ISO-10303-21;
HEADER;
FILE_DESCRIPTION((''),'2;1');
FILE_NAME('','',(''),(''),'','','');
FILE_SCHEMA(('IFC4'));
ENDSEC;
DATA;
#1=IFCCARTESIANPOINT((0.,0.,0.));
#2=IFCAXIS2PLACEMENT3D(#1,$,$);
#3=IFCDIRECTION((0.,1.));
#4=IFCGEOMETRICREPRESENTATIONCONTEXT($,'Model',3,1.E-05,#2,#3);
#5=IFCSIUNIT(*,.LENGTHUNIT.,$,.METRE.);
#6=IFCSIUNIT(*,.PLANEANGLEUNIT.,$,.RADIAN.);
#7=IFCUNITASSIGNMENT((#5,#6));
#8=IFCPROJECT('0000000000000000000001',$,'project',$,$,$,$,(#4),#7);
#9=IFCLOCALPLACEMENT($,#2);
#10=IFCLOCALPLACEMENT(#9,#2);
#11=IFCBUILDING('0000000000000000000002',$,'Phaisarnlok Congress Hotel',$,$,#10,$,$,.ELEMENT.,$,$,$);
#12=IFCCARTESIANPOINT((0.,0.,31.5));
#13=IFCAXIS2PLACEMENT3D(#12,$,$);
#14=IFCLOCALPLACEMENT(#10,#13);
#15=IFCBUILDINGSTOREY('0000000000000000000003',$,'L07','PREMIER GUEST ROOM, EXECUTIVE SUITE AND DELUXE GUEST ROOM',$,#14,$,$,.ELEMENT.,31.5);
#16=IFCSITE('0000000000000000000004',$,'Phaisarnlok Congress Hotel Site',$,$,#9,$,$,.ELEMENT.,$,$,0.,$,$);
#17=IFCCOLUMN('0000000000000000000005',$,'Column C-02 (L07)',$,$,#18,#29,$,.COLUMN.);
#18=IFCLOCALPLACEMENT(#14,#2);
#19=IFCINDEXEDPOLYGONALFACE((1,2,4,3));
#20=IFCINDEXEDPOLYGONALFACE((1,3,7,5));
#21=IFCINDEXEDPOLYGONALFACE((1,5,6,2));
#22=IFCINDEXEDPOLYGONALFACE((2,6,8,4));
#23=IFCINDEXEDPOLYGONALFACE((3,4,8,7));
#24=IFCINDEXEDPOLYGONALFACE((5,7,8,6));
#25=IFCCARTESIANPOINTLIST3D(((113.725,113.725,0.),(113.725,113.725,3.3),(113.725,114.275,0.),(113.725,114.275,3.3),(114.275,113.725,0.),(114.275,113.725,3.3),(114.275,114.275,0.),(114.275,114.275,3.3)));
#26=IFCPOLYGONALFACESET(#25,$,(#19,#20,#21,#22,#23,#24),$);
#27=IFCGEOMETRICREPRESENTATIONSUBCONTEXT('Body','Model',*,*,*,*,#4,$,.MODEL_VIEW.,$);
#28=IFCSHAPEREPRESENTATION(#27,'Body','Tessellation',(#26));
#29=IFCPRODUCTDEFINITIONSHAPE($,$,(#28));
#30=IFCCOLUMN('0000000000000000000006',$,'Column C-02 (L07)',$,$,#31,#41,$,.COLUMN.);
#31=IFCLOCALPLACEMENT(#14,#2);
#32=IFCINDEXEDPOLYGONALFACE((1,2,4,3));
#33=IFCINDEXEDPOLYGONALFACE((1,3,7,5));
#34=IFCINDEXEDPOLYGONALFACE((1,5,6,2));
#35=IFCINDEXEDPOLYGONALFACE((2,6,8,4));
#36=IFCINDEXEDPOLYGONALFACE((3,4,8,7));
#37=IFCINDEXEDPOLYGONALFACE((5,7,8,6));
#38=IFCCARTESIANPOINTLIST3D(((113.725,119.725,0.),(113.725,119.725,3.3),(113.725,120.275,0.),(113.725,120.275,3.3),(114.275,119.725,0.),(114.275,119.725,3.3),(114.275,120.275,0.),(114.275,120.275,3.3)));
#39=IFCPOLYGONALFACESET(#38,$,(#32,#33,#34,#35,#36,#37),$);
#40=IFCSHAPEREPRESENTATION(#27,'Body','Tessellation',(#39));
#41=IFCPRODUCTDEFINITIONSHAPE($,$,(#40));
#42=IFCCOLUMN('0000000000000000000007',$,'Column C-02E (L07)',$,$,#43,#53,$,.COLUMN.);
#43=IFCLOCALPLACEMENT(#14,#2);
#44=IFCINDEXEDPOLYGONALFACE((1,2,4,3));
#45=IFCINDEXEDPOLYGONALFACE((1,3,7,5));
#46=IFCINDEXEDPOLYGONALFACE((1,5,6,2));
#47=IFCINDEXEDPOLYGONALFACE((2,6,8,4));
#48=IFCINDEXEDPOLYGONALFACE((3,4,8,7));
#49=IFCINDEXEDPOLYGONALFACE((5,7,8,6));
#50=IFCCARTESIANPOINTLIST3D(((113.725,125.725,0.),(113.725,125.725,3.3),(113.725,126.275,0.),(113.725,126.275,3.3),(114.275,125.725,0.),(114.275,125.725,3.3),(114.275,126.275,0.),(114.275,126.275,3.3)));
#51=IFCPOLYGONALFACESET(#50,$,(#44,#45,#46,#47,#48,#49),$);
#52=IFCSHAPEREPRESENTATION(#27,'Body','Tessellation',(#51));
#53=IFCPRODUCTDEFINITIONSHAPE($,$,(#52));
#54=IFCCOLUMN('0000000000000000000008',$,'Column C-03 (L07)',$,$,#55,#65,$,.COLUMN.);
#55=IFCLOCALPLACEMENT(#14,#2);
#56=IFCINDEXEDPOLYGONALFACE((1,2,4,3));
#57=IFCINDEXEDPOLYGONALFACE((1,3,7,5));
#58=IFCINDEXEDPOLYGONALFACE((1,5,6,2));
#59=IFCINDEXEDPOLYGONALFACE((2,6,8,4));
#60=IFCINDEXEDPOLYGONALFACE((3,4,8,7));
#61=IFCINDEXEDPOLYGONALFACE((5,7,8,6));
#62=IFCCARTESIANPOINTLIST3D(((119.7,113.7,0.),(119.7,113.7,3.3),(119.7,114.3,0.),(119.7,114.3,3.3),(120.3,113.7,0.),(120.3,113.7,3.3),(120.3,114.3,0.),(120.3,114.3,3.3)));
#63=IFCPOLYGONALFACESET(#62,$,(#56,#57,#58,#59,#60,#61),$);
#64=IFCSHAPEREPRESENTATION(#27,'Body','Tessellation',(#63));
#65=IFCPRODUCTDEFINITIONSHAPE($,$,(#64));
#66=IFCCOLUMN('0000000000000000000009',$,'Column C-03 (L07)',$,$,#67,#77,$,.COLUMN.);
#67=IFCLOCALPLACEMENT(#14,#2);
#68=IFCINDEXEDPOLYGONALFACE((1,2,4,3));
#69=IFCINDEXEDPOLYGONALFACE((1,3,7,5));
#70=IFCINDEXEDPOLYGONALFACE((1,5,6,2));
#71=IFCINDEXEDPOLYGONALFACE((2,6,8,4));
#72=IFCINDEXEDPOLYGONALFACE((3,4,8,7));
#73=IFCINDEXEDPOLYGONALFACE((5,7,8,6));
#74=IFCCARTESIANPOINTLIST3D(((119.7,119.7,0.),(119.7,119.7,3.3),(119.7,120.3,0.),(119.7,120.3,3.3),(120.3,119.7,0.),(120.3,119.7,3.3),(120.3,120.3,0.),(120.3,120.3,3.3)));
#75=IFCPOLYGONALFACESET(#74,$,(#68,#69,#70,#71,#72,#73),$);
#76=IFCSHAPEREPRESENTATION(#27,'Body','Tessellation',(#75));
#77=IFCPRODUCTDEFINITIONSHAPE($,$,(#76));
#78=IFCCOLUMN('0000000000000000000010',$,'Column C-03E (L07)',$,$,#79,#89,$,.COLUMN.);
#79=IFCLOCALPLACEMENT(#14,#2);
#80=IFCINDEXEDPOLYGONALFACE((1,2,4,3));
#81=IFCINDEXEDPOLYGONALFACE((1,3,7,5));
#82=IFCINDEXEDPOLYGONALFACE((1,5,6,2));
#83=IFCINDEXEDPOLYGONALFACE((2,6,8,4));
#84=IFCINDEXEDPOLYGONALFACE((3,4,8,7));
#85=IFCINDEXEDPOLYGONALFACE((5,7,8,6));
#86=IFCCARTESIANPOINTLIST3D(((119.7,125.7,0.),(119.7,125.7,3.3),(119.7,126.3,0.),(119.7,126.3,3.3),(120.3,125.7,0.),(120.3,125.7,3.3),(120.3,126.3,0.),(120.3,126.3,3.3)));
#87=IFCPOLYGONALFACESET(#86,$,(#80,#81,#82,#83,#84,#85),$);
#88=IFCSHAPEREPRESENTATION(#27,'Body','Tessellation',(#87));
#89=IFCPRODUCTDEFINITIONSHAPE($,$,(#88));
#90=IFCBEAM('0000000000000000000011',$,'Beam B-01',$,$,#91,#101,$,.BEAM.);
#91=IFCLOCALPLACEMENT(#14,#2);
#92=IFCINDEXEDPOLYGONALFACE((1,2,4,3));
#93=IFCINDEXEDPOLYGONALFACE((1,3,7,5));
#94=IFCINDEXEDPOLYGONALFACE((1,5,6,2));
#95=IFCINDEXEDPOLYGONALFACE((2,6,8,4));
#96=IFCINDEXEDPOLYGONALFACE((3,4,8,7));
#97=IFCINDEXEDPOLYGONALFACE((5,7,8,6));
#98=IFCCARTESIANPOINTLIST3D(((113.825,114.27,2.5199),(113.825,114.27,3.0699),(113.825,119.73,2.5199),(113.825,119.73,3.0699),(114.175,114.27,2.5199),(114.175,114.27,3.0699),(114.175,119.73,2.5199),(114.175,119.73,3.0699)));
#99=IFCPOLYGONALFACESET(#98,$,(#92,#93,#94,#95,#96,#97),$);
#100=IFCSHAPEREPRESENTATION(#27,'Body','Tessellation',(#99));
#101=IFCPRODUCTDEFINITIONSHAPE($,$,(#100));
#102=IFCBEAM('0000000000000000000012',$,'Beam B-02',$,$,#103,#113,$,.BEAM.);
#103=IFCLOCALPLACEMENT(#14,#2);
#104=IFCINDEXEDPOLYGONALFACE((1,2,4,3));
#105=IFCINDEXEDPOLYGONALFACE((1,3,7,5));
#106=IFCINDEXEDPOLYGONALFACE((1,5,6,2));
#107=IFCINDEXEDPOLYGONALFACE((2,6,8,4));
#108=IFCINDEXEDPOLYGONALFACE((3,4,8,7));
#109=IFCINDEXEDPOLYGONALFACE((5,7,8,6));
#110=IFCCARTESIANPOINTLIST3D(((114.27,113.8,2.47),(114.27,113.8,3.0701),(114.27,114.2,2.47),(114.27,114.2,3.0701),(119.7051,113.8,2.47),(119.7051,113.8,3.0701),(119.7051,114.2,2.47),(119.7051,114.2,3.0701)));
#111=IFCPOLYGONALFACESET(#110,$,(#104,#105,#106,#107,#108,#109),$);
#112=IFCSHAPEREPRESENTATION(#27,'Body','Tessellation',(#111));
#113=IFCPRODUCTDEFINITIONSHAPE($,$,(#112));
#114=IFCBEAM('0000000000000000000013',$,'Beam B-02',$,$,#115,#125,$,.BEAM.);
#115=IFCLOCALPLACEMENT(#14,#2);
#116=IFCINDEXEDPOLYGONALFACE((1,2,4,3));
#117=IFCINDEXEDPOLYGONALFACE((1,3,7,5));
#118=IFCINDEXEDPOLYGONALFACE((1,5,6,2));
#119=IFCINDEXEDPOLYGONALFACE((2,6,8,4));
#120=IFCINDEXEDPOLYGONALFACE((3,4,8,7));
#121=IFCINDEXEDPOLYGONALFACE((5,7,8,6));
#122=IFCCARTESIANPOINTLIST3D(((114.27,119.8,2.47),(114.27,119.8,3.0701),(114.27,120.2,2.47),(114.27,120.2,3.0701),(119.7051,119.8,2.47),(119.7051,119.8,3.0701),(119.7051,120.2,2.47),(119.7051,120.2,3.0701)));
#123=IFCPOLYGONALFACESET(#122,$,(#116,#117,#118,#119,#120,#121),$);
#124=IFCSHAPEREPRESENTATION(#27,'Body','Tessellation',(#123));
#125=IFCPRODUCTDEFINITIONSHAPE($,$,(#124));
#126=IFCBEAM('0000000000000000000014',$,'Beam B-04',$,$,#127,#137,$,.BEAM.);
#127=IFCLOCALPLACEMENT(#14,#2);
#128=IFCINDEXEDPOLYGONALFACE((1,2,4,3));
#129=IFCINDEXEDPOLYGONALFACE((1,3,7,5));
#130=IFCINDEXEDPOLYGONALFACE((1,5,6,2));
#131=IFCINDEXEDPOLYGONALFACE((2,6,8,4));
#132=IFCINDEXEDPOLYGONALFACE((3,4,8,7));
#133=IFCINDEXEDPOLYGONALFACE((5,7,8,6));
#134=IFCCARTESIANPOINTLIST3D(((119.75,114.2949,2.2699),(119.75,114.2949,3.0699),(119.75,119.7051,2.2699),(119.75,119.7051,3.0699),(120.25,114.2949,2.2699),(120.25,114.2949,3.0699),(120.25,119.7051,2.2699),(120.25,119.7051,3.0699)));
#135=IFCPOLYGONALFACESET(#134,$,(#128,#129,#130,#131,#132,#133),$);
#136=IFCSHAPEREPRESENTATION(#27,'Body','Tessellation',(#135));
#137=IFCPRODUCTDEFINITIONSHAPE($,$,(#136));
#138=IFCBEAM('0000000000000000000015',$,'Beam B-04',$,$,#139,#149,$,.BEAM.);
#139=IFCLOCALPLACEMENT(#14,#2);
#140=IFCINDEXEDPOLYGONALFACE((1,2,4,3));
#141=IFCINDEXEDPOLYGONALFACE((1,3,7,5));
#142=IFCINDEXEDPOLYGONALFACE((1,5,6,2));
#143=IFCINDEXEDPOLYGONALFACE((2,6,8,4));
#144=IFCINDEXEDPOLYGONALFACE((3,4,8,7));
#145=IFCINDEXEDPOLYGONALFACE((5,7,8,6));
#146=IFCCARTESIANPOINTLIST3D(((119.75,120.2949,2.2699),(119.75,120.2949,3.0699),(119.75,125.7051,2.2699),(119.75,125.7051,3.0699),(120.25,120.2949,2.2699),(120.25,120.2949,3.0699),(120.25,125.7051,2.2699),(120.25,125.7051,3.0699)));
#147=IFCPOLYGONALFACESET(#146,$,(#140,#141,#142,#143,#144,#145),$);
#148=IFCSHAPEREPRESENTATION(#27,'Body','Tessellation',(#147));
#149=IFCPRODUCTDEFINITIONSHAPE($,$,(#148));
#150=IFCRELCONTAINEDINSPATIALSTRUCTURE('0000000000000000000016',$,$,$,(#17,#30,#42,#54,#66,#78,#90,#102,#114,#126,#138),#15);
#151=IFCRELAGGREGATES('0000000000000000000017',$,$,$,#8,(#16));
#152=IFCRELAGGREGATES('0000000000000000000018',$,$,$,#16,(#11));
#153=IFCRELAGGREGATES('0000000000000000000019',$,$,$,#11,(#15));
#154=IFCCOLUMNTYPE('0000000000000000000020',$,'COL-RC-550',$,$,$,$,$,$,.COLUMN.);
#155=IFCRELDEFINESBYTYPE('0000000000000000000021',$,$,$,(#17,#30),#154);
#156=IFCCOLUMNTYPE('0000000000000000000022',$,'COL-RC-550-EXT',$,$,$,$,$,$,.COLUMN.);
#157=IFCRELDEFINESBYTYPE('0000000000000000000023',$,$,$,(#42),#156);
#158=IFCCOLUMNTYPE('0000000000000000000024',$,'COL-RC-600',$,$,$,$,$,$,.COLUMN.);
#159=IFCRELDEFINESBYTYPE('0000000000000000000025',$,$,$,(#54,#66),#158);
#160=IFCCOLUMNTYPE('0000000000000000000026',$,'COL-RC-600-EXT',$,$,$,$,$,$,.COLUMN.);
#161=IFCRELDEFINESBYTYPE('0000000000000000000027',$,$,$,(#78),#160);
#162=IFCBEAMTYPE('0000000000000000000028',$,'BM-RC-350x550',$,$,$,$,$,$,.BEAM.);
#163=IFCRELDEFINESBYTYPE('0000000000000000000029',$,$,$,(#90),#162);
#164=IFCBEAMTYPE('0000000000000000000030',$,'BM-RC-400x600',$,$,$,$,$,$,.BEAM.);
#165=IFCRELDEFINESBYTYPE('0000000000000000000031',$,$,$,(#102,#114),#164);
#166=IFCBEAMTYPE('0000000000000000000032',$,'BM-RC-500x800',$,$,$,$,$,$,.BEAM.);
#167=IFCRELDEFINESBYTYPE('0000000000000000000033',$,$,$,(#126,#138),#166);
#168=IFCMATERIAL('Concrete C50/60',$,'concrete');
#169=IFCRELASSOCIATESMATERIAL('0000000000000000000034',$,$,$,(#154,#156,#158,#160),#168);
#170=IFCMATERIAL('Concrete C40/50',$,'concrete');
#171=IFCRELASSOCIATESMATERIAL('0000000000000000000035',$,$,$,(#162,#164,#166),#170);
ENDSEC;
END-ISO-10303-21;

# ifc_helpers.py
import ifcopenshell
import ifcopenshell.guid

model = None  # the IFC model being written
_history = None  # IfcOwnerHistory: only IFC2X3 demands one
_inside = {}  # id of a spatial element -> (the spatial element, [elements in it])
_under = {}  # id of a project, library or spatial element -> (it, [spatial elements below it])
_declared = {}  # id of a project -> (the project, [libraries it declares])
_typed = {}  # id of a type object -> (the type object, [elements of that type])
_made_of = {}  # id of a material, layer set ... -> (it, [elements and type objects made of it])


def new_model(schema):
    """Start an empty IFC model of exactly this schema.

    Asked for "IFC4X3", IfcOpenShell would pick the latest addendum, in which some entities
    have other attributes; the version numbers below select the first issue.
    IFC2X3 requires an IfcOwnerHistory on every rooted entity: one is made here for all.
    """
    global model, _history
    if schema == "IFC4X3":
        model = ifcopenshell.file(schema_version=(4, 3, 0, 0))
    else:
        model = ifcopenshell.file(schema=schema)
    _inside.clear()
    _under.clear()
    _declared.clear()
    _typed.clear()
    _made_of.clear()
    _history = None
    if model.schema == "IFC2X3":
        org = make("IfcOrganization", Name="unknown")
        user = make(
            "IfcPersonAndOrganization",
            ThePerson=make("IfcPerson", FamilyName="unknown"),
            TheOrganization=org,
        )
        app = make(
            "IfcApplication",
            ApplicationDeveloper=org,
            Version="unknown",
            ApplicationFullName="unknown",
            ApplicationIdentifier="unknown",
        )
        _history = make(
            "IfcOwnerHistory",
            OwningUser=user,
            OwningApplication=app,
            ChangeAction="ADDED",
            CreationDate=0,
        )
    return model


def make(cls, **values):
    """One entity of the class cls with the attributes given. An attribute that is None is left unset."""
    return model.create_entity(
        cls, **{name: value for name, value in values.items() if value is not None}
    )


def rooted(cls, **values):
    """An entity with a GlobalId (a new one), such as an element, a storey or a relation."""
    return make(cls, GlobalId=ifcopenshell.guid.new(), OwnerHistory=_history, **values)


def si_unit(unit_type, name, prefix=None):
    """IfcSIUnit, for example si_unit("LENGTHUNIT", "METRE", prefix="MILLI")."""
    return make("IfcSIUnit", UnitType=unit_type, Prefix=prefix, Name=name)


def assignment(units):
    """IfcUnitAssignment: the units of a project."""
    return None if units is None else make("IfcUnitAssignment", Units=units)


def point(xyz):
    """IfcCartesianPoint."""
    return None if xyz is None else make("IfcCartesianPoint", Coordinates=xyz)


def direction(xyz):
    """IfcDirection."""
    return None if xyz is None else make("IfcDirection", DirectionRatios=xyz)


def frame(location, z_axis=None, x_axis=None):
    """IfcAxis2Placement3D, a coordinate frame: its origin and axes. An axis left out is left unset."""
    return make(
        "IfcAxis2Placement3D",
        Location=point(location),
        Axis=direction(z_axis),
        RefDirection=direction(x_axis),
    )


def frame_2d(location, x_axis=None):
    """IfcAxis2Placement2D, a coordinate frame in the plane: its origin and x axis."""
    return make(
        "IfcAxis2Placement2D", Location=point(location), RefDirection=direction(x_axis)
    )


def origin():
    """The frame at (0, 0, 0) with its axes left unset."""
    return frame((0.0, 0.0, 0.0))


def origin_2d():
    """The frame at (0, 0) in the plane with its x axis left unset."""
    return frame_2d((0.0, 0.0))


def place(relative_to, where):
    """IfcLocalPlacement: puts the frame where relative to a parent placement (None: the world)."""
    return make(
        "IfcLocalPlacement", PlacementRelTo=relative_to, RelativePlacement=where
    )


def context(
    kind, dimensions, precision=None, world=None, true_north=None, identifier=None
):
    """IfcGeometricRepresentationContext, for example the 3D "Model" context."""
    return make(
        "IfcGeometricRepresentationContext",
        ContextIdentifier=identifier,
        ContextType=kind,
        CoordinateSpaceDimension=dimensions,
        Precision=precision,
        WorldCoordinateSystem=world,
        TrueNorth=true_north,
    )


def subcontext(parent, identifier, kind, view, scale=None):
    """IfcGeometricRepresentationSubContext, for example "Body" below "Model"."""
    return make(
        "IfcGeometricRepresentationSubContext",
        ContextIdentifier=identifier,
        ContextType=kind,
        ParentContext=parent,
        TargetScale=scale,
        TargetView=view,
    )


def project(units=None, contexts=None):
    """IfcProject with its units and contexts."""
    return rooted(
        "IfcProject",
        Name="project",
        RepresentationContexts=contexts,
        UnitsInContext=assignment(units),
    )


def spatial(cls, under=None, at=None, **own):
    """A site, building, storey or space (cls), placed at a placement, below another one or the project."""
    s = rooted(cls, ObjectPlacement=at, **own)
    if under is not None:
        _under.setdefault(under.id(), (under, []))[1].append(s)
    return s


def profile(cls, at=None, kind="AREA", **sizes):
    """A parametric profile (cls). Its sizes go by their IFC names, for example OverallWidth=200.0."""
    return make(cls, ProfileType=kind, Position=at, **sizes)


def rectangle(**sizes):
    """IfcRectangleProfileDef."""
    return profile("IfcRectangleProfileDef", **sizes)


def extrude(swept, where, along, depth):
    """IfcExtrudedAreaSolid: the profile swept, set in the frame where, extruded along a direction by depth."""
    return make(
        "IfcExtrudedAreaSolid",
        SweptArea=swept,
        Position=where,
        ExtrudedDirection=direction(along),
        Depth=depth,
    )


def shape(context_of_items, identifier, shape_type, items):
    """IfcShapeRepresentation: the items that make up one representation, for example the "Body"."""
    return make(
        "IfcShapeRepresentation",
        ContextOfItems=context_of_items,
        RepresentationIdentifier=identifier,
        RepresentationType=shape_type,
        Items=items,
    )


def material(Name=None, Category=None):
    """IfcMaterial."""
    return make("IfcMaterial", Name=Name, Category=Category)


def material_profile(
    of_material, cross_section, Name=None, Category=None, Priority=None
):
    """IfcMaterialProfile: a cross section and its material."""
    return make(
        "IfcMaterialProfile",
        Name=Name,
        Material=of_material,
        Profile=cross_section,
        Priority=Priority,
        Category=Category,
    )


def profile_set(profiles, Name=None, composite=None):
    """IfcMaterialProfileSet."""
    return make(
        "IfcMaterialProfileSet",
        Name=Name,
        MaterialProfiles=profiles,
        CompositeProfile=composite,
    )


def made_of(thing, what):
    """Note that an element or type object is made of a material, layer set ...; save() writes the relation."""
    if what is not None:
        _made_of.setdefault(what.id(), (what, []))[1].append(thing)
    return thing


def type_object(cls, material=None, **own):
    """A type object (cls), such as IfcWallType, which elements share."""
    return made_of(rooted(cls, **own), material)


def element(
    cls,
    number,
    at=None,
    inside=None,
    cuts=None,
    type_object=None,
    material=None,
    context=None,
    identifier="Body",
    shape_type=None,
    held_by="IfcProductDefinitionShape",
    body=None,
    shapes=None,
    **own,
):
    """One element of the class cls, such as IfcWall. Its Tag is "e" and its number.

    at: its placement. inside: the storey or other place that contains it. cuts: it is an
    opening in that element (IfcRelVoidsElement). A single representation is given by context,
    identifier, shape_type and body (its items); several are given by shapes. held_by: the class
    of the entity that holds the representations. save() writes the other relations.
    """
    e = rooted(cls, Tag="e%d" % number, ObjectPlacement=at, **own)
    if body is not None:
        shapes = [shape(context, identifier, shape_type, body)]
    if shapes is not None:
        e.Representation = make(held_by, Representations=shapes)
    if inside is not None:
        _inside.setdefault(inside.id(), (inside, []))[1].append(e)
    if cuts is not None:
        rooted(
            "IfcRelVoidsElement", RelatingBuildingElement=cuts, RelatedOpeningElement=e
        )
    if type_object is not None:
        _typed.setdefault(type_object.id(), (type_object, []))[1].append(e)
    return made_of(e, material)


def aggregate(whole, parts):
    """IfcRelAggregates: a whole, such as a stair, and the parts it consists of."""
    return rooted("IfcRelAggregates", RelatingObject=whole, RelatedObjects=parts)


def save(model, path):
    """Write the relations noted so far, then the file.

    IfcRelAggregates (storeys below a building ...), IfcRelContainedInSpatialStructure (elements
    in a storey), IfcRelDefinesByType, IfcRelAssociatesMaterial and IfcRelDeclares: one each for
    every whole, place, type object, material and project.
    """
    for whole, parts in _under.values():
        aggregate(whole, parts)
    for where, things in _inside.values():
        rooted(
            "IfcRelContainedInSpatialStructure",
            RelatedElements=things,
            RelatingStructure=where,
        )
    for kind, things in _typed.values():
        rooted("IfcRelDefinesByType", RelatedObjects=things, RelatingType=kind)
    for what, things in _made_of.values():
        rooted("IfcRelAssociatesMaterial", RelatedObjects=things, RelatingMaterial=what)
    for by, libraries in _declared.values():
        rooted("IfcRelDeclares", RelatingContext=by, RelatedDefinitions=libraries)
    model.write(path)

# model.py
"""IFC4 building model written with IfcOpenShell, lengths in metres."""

from ifc_helpers import new_model, si_unit, direction, frame, origin, origin_2d, place, context, subcontext, project, spatial, rectangle, extrude, material, material_profile, profile_set, type_object, element, save


model = new_model("IFC4")

# Units and contexts
model_context = context("Model", 3, precision=1e-05, world=origin(), true_north=direction((0.0, 1.0)))
body_context = subcontext(model_context, "Body", "Model", "MODEL_VIEW")
ifc_project = project(units=[si_unit("LENGTHUNIT", "METRE"), si_unit("PLANEANGLEUNIT", "RADIAN")], contexts=[model_context])

# Site, building, storey
site_placement = place(None, origin())
site = spatial("IfcSite", under=ifc_project, at=site_placement, Name="Phaisarnlok Congress Hotel Site", CompositionType="ELEMENT", RefElevation=0.0)
building_placement = place(site_placement, origin())
building = spatial("IfcBuilding", under=site, at=building_placement, Name="Phaisarnlok Congress Hotel", CompositionType="ELEMENT")
storey_placement = place(building_placement, frame((0.0, 0.0, 31.5)))
storey = spatial("IfcBuildingStorey", under=building, at=storey_placement, Name="L07", Description="PREMIER GUEST ROOM, EXECUTIVE SUITE AND DELUXE GUEST ROOM", CompositionType="ELEMENT", Elevation=31.5)

# Columns
ifc_material_1 = material(Name="Concrete C50/60", Category="concrete")
ifc_material_profile_1 = material_profile(ifc_material_1, rectangle(XDim=0.55, YDim=0.55, at=origin_2d()), Name="RC 550x550")
ifc_profile_set_1 = profile_set([ifc_material_profile_1], Name="Concrete C50/60")
column_type_1 = type_object("IfcColumnType", Name="COL-RC-550", PredefinedType="COLUMN", material=ifc_profile_set_1)
for number, where, z_axis, x_axis, name in (
    (1, (114.0, 114.0, 0.0), (0.0, 0.0, 1.0), (1.0, 0.0, 0.0), "Column C-02 (L07)"),
    (2, (114.0, 120.0, 0.0), (0.0, 0.0, 1.0), (1.0, 0.0, 0.0), "Column C-02 (L07)"),
):
    element("IfcColumn", number, at=place(storey_placement, frame(where, z_axis=z_axis, x_axis=x_axis)), inside=storey, type_object=column_type_1, Name=name, PredefinedType="COLUMN", context=body_context, shape_type="SweptSolid", body=[
        extrude(rectangle(XDim=0.55, YDim=0.55, at=origin_2d()), origin(), (0.0, 0.0, 1.0), 3.3),
    ])
ifc_material_profile_2 = material_profile(ifc_material_1, rectangle(XDim=0.55, YDim=0.55, at=origin_2d()), Name="RC 550x550")
ifc_profile_set_2 = profile_set([ifc_material_profile_2], Name="Concrete C50/60")
column_type_2 = type_object("IfcColumnType", Name="COL-RC-550-EXT", PredefinedType="COLUMN", material=ifc_profile_set_2)
column_1_placement = place(storey_placement, frame((114.0, 126.0, 0.0), z_axis=(0.0, 0.0, 1.0), x_axis=(1.0, 0.0, 0.0)))
element("IfcColumn", 3, at=column_1_placement, inside=storey, type_object=column_type_2, Name="Column C-02E (L07)", PredefinedType="COLUMN", context=body_context, shape_type="SweptSolid", body=[
    extrude(rectangle(XDim=0.55, YDim=0.55, at=origin_2d()), origin(), (0.0, 0.0, 1.0), 3.3),
])
ifc_material_profile_3 = material_profile(ifc_material_1, rectangle(XDim=0.6001, YDim=0.6001, at=origin_2d()), Name="RC 600x600")
ifc_profile_set_3 = profile_set([ifc_material_profile_3], Name="Concrete C50/60")
column_type_3 = type_object("IfcColumnType", Name="COL-RC-600", PredefinedType="COLUMN", material=ifc_profile_set_3)
for number, where, z_axis, x_axis, name in (
    (4, (120.0, 114.0, 0.0), (0.0, 0.0, 1.0), (1.0, 0.0, 0.0), "Column C-03 (L07)"),
    (5, (120.0, 120.0, 0.0), (0.0, 0.0, 1.0), (1.0, 0.0, 0.0), "Column C-03 (L07)"),
):
    element("IfcColumn", number, at=place(storey_placement, frame(where, z_axis=z_axis, x_axis=x_axis)), inside=storey, type_object=column_type_3, Name=name, PredefinedType="COLUMN", context=body_context, shape_type="SweptSolid", body=[
        extrude(rectangle(XDim=0.6001, YDim=0.6001, at=origin_2d()), origin(), (0.0, 0.0, 1.0), 3.3),
    ])
ifc_material_profile_4 = material_profile(ifc_material_1, rectangle(XDim=0.6001, YDim=0.6001, at=origin_2d()), Name="RC 600x600")
ifc_profile_set_4 = profile_set([ifc_material_profile_4], Name="Concrete C50/60")
column_type_4 = type_object("IfcColumnType", Name="COL-RC-600-EXT", PredefinedType="COLUMN", material=ifc_profile_set_4)
column_2_placement = place(storey_placement, frame((120.0, 126.0, 0.0), z_axis=(0.0, 0.0, 1.0), x_axis=(1.0, 0.0, 0.0)))
element("IfcColumn", 6, at=column_2_placement, inside=storey, type_object=column_type_4, Name="Column C-03E (L07)", PredefinedType="COLUMN", context=body_context, shape_type="SweptSolid", body=[
    extrude(rectangle(XDim=0.6001, YDim=0.6001, at=origin_2d()), origin(), (0.0, 0.0, 1.0), 3.3),
])

# Beams
ifc_material_2 = material(Name="Concrete C40/50", Category="concrete")
ifc_material_profile_5 = material_profile(ifc_material_2, rectangle(XDim=0.3501, YDim=0.55, at=origin_2d()), Name="RC 350x550")
ifc_profile_set_5 = profile_set([ifc_material_profile_5], Name="Concrete C40/50")
beam_type_1 = type_object("IfcBeamType", Name="BM-RC-350x550", PredefinedType="BEAM", material=ifc_profile_set_5)
beam_1_placement = place(storey_placement, frame((114.0, 114.27, 2.7949), z_axis=(0.0, 1.0, 0.0), x_axis=(-1.0, 0.0, 0.0)))
element("IfcBeam", 7, at=beam_1_placement, inside=storey, type_object=beam_type_1, Name="Beam B-01", PredefinedType="BEAM", context=body_context, shape_type="SweptSolid", body=[
    extrude(rectangle(XDim=0.3501, YDim=0.55, at=origin_2d()), origin(), (0.0, 0.0, 1.0), 5.46),
])
ifc_material_profile_6 = material_profile(ifc_material_2, rectangle(XDim=0.3999, YDim=0.6001, at=origin_2d()), Name="RC 400x600")
ifc_profile_set_6 = profile_set([ifc_material_profile_6], Name="Concrete C40/50")
beam_type_2 = type_object("IfcBeamType", Name="BM-RC-400x600", PredefinedType="BEAM", material=ifc_profile_set_6)
for number, where, z_axis, x_axis, name in (
    (8, (114.27, 114.0, 2.77), (1.0, 0.0, 0.0), (0.0, 1.0, 0.0), "Beam B-02"),
    (9, (114.27, 120.0, 2.77), (1.0, 0.0, 0.0), (0.0, 1.0, 0.0), "Beam B-02"),
):
    element("IfcBeam", number, at=place(storey_placement, frame(where, z_axis=z_axis, x_axis=x_axis)), inside=storey, type_object=beam_type_2, Name=name, PredefinedType="BEAM", context=body_context, shape_type="SweptSolid", body=[
        extrude(rectangle(XDim=0.3999, YDim=0.6001, at=origin_2d()), origin(), (0.0, 0.0, 1.0), 5.4351),
    ])
ifc_material_profile_7 = material_profile(ifc_material_2, rectangle(XDim=0.5, YDim=0.8, at=origin_2d()), Name="RC 500x800")
ifc_profile_set_7 = profile_set([ifc_material_profile_7], Name="Concrete C40/50")
beam_type_3 = type_object("IfcBeamType", Name="BM-RC-500x800", PredefinedType="BEAM", material=ifc_profile_set_7)
for number, where, z_axis, x_axis, name in (
    (10, (120.0, 114.2949, 2.6699), (0.0, 1.0, 0.0), (-1.0, 0.0, 0.0), "Beam B-04"),
    (11, (120.0, 120.2949, 2.6699), (0.0, 1.0, 0.0), (-1.0, 0.0, 0.0), "Beam B-04"),
):
    element("IfcBeam", number, at=place(storey_placement, frame(where, z_axis=z_axis, x_axis=x_axis)), inside=storey, type_object=beam_type_3, Name=name, PredefinedType="BEAM", context=body_context, shape_type="SweptSolid", body=[
        extrude(rectangle(XDim=0.5, YDim=0.8, at=origin_2d()), origin(), (0.0, 0.0, 1.0), 5.4102),
    ])

save(model, "model.ifc")
